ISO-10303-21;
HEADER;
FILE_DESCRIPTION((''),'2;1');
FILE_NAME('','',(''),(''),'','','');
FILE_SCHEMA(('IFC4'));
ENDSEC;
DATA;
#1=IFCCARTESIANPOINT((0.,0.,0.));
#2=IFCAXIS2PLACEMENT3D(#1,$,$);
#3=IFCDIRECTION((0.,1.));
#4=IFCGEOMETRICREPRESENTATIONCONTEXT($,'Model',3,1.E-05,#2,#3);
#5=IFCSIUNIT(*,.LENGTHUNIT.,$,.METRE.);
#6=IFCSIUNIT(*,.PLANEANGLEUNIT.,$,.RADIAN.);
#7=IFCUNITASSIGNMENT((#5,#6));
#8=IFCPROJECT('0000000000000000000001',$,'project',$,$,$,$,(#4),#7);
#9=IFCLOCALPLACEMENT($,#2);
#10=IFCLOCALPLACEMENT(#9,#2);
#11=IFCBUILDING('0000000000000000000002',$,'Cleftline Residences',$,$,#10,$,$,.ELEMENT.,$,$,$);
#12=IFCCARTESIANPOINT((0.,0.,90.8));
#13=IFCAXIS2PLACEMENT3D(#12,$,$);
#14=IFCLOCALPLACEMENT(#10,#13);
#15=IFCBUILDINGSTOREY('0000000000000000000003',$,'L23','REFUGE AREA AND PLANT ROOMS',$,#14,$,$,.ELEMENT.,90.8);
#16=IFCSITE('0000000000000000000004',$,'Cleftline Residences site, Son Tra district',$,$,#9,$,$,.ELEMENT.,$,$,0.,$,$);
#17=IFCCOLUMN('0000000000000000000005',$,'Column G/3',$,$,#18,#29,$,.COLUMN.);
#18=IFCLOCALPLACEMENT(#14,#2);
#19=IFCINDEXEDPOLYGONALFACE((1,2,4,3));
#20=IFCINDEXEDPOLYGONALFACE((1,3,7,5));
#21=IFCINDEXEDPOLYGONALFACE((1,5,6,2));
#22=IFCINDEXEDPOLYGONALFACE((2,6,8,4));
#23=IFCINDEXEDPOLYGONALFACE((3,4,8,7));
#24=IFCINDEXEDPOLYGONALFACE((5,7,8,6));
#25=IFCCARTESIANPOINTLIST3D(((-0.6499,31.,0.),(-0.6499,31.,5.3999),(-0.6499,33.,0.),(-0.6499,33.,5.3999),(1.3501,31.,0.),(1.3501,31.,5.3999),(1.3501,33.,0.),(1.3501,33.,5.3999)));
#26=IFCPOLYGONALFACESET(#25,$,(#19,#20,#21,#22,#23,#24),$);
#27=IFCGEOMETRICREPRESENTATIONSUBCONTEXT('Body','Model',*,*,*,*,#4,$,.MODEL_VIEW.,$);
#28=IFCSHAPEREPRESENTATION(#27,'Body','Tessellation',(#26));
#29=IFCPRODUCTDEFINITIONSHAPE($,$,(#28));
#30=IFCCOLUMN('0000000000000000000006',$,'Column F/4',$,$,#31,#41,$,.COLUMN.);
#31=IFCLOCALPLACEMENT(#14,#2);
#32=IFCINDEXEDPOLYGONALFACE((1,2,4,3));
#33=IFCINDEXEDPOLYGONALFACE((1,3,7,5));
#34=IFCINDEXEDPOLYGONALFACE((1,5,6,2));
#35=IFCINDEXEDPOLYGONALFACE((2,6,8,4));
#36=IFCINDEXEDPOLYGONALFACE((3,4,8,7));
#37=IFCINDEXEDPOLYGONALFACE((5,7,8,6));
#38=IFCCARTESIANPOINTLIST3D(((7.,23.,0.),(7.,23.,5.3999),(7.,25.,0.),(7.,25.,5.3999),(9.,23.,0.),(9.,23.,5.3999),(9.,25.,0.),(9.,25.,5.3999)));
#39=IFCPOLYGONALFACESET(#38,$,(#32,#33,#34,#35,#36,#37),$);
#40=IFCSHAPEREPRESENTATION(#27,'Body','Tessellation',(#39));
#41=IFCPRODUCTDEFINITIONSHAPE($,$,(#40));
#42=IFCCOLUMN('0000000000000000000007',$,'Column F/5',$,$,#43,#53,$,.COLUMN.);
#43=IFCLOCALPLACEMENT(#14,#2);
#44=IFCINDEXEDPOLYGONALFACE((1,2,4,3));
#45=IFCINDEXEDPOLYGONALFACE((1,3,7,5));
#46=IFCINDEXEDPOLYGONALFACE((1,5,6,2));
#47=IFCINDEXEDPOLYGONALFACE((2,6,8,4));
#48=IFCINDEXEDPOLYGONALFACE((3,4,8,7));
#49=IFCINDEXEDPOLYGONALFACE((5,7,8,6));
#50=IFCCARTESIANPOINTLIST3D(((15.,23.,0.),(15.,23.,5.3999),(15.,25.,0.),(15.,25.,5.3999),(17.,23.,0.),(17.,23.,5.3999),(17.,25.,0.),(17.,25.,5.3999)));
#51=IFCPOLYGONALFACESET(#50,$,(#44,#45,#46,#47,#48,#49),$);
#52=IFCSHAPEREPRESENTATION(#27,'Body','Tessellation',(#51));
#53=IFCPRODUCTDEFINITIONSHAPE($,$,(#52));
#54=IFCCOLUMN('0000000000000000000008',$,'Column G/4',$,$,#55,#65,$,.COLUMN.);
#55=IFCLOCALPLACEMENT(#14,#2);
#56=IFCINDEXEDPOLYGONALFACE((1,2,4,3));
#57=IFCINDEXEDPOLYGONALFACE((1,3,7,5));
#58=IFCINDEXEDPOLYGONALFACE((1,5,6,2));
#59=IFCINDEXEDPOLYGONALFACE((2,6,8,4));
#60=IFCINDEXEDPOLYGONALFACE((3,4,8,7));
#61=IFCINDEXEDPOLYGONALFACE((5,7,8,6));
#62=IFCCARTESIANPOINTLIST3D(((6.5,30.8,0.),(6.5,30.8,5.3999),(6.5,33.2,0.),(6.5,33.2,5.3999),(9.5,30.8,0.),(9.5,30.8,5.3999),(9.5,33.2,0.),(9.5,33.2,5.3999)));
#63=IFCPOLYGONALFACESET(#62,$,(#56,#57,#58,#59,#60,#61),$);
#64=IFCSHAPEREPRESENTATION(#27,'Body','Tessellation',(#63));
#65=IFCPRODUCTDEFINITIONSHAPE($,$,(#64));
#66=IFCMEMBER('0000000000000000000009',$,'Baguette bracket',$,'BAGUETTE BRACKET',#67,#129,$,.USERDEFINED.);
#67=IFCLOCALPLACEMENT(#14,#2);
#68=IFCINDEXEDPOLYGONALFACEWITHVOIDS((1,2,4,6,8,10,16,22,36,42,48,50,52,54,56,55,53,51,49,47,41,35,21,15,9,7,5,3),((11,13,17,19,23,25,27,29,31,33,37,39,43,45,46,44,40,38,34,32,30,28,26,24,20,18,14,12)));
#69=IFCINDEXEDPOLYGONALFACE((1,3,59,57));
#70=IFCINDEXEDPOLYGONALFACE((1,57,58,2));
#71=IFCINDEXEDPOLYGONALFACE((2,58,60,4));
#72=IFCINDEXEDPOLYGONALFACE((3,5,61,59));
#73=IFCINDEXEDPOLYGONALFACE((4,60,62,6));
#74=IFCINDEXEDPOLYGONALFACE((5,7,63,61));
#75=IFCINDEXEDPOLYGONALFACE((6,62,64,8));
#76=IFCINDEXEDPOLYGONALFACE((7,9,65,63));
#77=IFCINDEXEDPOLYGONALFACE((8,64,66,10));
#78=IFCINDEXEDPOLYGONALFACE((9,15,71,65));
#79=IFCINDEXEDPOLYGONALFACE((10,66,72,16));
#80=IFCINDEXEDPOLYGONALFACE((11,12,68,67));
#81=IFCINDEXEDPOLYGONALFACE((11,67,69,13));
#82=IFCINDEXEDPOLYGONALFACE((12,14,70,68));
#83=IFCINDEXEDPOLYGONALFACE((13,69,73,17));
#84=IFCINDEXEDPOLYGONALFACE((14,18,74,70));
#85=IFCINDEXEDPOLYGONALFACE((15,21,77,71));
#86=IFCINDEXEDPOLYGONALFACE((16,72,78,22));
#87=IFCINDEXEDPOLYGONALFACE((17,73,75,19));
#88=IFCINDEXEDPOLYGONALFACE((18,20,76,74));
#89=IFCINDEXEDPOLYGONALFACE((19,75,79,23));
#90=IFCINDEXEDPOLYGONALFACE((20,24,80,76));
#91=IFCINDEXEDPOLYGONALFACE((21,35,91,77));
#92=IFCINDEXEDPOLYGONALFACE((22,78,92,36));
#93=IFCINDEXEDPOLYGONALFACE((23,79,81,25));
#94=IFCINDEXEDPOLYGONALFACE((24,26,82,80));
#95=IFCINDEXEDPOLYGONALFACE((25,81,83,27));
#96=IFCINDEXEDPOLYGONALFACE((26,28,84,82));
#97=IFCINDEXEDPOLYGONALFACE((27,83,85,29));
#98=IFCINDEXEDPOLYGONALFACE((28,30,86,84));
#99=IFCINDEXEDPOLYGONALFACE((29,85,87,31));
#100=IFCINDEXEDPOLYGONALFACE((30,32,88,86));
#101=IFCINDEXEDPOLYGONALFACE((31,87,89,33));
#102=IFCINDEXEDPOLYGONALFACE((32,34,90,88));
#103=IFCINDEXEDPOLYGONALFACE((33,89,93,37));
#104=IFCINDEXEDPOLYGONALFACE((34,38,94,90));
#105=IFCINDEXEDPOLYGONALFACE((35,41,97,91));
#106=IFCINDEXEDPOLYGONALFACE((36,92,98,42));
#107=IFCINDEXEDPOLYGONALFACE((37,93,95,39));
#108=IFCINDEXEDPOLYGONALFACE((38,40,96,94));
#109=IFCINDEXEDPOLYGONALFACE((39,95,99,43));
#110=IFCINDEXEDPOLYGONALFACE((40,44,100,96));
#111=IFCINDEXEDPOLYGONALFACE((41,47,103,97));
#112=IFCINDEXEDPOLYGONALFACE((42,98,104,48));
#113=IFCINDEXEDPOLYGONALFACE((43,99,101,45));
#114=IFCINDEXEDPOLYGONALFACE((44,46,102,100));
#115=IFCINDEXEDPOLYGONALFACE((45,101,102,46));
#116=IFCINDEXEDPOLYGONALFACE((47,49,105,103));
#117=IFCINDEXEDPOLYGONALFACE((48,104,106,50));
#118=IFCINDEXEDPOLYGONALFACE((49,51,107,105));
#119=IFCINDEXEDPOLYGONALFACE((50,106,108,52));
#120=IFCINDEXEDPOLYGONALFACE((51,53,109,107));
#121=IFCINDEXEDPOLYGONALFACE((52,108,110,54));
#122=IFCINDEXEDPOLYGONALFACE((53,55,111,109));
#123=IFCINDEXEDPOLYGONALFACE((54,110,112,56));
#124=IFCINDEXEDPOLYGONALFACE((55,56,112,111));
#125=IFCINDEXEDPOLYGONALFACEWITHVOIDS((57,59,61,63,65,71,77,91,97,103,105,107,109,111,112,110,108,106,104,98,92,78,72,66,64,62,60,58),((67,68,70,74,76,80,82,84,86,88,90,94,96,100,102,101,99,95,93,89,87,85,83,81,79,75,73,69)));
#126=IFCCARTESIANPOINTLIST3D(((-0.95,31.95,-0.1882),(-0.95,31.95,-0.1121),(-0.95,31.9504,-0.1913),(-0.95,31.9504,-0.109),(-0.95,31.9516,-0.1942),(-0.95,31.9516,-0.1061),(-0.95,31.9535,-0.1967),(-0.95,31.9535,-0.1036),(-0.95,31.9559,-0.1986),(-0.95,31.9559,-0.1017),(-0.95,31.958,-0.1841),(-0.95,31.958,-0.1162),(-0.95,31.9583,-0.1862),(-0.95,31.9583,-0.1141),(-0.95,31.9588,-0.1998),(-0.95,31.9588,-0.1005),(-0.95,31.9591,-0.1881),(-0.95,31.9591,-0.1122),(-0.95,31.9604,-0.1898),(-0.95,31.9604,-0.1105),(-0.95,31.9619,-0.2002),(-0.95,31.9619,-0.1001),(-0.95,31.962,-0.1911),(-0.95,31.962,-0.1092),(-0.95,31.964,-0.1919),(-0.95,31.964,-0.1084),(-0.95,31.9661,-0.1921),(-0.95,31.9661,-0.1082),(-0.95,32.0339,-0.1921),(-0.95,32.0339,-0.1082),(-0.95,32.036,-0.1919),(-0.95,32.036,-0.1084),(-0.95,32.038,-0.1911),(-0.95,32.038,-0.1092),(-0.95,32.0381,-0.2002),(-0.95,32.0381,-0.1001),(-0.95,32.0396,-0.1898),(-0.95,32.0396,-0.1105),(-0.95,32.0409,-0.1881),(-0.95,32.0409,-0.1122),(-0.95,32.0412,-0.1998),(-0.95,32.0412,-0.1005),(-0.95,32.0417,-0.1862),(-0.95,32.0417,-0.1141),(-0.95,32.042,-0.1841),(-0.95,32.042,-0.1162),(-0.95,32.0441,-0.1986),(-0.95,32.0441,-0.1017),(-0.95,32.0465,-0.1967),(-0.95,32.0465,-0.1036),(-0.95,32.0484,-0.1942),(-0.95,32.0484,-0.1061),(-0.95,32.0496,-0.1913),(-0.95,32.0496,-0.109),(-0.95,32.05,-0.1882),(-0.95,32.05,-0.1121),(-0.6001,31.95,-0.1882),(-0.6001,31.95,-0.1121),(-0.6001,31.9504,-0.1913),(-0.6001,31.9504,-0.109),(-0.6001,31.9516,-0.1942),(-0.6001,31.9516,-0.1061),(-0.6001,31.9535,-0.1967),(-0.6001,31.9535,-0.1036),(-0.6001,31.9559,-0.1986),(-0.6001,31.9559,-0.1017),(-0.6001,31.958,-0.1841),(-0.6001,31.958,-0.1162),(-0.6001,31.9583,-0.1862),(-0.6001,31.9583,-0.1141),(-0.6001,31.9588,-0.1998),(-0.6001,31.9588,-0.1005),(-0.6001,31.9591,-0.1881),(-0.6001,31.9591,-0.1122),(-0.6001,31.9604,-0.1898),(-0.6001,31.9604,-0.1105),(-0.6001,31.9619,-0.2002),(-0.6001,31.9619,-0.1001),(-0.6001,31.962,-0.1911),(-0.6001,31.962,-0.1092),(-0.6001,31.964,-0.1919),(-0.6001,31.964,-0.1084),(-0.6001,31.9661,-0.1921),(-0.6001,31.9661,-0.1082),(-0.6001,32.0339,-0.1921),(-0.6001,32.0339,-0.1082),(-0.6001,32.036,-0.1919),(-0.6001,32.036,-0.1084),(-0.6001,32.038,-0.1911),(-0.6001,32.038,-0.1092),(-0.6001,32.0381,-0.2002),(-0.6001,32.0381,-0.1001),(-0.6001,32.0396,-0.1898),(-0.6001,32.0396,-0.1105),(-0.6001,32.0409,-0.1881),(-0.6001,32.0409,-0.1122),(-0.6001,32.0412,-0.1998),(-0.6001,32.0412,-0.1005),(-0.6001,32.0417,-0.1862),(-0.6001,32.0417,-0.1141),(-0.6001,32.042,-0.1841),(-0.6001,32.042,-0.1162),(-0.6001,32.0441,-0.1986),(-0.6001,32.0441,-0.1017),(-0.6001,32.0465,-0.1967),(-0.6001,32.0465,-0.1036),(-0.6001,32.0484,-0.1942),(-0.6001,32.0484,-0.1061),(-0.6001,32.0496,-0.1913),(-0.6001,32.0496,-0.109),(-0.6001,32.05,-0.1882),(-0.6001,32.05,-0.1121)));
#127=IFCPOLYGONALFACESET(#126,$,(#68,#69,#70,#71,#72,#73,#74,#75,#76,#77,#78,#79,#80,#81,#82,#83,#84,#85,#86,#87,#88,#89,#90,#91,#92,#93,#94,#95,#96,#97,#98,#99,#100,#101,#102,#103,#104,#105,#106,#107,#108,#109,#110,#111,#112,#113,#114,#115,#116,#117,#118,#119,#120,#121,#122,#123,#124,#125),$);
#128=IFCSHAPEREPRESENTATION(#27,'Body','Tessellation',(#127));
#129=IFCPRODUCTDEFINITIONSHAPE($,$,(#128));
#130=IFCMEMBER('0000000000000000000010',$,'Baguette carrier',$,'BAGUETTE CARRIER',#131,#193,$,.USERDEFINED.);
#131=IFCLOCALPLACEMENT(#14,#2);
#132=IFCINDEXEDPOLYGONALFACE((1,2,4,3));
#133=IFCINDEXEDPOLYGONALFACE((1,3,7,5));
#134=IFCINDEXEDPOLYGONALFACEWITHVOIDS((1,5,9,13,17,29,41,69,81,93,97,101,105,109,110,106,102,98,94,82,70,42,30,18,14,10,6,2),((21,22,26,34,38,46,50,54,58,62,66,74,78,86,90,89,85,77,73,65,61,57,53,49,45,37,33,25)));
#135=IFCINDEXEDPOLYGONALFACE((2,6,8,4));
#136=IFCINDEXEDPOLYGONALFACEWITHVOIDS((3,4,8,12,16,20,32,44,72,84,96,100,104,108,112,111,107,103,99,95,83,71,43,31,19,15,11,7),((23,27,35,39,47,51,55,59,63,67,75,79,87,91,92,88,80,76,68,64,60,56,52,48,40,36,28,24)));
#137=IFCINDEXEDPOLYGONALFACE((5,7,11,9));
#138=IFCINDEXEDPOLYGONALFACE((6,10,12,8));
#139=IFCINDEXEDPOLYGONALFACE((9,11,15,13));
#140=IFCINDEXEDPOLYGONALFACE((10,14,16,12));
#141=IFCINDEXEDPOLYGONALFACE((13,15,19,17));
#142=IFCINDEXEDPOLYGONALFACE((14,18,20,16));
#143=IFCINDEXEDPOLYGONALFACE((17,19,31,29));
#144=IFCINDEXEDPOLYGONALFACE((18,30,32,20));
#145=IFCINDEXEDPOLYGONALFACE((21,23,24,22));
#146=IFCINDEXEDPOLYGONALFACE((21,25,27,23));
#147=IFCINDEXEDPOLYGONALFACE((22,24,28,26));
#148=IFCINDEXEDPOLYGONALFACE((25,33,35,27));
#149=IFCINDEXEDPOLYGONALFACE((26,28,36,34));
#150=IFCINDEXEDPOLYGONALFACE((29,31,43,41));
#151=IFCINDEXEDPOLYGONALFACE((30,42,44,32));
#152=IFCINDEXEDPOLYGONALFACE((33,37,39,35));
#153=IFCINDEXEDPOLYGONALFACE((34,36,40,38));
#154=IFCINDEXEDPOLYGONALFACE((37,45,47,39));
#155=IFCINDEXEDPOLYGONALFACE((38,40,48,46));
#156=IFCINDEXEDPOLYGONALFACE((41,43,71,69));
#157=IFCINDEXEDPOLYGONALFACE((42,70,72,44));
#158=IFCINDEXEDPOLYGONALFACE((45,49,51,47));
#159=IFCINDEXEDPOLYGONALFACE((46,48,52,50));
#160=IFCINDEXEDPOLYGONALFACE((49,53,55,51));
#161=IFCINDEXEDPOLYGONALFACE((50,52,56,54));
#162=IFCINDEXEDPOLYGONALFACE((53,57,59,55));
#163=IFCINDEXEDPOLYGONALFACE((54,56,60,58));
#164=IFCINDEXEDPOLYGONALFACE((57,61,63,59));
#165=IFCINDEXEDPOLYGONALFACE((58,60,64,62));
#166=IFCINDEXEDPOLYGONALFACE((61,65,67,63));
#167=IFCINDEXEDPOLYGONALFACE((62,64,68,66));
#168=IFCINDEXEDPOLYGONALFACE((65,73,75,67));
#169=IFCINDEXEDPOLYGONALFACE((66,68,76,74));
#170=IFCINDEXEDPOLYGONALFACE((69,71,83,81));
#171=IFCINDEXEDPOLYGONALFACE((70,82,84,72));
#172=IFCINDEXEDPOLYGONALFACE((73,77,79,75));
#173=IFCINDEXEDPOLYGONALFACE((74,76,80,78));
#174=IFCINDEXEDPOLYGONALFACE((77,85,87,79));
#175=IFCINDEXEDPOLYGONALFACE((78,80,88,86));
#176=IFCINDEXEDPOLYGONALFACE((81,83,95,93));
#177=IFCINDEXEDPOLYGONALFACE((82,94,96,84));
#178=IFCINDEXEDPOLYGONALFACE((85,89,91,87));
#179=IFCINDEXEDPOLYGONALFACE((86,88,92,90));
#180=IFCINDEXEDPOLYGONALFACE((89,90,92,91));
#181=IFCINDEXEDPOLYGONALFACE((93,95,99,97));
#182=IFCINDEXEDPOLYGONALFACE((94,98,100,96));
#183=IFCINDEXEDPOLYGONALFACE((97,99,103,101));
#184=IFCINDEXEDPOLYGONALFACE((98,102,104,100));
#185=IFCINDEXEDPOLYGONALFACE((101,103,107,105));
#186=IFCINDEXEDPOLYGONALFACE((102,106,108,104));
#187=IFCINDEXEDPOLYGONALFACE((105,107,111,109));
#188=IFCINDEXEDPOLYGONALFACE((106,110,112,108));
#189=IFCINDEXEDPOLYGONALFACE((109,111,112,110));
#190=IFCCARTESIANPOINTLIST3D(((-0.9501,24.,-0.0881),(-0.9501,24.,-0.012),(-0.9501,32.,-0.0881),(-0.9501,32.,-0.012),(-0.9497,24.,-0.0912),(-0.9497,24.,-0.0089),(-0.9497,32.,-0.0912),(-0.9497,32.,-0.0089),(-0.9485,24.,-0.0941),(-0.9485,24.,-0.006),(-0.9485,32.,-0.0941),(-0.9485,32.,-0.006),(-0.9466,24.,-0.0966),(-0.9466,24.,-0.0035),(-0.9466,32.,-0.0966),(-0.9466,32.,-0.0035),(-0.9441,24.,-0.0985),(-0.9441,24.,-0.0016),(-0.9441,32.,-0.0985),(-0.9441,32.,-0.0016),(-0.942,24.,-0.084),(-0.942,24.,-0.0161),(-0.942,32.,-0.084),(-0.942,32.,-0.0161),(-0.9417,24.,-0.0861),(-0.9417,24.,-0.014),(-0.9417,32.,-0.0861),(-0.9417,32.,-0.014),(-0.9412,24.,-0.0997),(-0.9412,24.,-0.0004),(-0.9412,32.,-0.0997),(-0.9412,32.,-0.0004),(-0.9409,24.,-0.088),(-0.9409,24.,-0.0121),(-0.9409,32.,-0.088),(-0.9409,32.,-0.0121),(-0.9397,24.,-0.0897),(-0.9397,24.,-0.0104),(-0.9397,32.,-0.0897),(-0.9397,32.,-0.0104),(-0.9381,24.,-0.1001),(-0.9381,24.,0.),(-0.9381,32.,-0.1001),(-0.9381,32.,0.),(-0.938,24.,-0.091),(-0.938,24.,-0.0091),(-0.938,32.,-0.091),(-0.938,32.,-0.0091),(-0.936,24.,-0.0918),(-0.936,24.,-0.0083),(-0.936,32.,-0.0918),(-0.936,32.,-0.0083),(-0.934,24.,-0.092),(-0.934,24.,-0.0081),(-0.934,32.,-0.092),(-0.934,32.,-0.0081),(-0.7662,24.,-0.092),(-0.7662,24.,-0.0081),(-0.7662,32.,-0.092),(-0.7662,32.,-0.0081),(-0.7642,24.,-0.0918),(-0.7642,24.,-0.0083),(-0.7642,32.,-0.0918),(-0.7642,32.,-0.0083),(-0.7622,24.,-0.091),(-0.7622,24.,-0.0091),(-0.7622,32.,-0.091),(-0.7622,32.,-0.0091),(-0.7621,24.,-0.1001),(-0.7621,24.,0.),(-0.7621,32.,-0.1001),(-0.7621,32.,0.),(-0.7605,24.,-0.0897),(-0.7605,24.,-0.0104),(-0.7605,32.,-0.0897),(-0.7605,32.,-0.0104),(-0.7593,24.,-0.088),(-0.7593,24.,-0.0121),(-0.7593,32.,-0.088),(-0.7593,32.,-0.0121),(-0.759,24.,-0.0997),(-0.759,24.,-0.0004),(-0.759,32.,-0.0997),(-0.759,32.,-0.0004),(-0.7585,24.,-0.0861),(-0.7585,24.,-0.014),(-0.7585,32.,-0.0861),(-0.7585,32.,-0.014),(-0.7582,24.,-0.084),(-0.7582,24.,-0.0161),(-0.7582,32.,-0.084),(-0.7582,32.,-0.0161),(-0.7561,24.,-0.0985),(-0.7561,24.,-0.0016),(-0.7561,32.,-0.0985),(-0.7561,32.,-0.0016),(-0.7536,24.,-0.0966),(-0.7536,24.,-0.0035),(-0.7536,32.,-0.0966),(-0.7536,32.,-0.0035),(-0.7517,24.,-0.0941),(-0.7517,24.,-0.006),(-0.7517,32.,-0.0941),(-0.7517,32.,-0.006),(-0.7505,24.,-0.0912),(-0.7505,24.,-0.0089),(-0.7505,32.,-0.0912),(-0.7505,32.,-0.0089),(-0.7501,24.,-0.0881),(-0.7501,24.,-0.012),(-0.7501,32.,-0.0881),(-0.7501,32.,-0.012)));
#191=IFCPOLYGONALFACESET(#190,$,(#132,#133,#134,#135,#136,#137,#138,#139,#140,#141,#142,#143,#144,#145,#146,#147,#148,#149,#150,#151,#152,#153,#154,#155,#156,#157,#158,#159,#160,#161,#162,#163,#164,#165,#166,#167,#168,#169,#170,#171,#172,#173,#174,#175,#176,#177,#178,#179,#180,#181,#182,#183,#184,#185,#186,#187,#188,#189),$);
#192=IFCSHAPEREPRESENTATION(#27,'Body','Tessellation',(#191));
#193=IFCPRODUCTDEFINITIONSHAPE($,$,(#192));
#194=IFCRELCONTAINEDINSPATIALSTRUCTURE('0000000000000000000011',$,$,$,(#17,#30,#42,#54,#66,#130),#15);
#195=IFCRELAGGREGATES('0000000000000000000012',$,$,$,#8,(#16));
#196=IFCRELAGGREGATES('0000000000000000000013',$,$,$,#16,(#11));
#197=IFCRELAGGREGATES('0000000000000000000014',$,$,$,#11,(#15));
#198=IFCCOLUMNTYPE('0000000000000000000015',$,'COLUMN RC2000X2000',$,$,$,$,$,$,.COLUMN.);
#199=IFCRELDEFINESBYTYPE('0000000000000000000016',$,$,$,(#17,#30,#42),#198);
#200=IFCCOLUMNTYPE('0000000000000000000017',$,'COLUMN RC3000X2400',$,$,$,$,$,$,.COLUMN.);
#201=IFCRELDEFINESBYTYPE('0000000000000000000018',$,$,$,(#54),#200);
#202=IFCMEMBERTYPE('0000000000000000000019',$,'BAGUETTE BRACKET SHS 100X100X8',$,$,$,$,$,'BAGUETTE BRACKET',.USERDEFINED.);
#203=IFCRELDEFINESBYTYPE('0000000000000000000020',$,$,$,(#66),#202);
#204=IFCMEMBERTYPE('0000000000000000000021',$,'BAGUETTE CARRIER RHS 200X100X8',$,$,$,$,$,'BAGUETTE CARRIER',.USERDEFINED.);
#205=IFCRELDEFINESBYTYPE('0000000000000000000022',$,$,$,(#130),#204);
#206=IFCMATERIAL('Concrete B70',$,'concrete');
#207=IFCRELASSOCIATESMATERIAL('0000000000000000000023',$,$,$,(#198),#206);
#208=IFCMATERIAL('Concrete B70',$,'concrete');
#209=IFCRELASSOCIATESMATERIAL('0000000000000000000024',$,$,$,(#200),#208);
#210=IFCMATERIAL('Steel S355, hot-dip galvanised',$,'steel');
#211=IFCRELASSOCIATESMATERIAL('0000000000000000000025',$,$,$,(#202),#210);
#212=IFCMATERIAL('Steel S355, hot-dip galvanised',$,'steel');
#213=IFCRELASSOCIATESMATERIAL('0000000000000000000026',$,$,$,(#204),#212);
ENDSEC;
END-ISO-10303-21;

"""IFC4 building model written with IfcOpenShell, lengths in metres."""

from ifc_helpers import new_model, si_unit, direction, frame, origin, origin_2d, place, context, subcontext, project, spatial, rectangle, hollow_rectangle, extrude, material, material_profile, profile_set, type_object, element, save


model = new_model("IFC4")

# Units and contexts
model_context = context("Model", 3, precision=1e-05, world=origin(), true_north=direction((0.0, 1.0)))
body_context = subcontext(model_context, "Body", "Model", "MODEL_VIEW")
ifc_project = project(units=[si_unit("LENGTHUNIT", "METRE"), si_unit("PLANEANGLEUNIT", "RADIAN")], contexts=[model_context])

# Site, building, storey
site_placement = place(None, origin())
site = spatial("IfcSite", under=ifc_project, at=site_placement, Name="Cleftline Residences site, Son Tra district", CompositionType="ELEMENT", RefElevation=0.0)
building_placement = place(site_placement, origin())
building = spatial("IfcBuilding", under=site, at=building_placement, Name="Cleftline Residences", CompositionType="ELEMENT")
storey_placement = place(building_placement, frame((0.0, 0.0, 90.8)))
storey = spatial("IfcBuildingStorey", under=building, at=storey_placement, Name="L23", Description="REFUGE AREA AND PLANT ROOMS", CompositionType="ELEMENT", Elevation=90.8)

# Columns
ifc_material_1 = material(Name="Concrete B70", Category="concrete")
ifc_material_profile_1 = material_profile(ifc_material_1, rectangle(XDim=2.0, YDim=2.0, at=origin_2d()))
ifc_profile_set_1 = profile_set([ifc_material_profile_1], Name="Concrete B70")
column_type_1 = type_object("IfcColumnType", Name="COLUMN RC2000X2000", PredefinedType="COLUMN", material=ifc_profile_set_1)
for number, where, z_axis, x_axis, name in (
    (1, (0.3501, 32.0, 0.0), (0.0, 0.0, 1.0), (1.0, 0.0, 0.0), "Column G/3"),
    (2, (8.0, 24.0, 0.0), (0.0, 0.0, 1.0), (1.0, 0.0, 0.0), "Column F/4"),
    (3, (16.0, 24.0, 0.0), (0.0, 0.0, 1.0), (1.0, 0.0, 0.0), "Column F/5"),
):
    element("IfcColumn", number, at=place(storey_placement, frame(where, z_axis=z_axis, x_axis=x_axis)), inside=storey, type_object=column_type_1, Name=name, PredefinedType="COLUMN", context=body_context, shape_type="SweptSolid", body=[
        extrude(rectangle(XDim=2.0, YDim=2.0, at=origin_2d()), origin(), (0.0, 0.0, 1.0), 5.3999),
    ])
ifc_material_2 = material(Name="Concrete B70", Category="concrete")
ifc_material_profile_2 = material_profile(ifc_material_2, rectangle(XDim=3.0, YDim=2.3999, at=origin_2d()))
ifc_profile_set_2 = profile_set([ifc_material_profile_2], Name="Concrete B70")
column_type_2 = type_object("IfcColumnType", Name="COLUMN RC3000X2400", PredefinedType="COLUMN", material=ifc_profile_set_2)
column_placement = place(storey_placement, frame((8.0, 32.0, 0.0), z_axis=(0.0, 0.0, 1.0), x_axis=(1.0, 0.0, 0.0)))
element("IfcColumn", 4, at=column_placement, inside=storey, type_object=column_type_2, Name="Column G/4", PredefinedType="COLUMN", context=body_context, shape_type="SweptSolid", body=[
    extrude(rectangle(XDim=3.0, YDim=2.3999, at=origin_2d()), origin(), (0.0, 0.0, 1.0), 5.3999),
])

# Members
ifc_material_3 = material(Name="Steel S355, hot-dip galvanised", Category="steel")
ifc_material_profile_3 = material_profile(ifc_material_3, hollow_rectangle(XDim=0.1001, YDim=0.1001, WallThickness=0.0081, InnerFilletRadius=0.0081, OuterFilletRadius=0.012, at=origin_2d()))
ifc_profile_set_3 = profile_set([ifc_material_profile_3], Name="Steel S355, hot-dip galvanised")
member_type_1 = type_object("IfcMemberType", Name="BAGUETTE BRACKET SHS 100X100X8", ElementType="BAGUETTE BRACKET", PredefinedType="USERDEFINED", material=ifc_profile_set_3)
member_1_placement = place(storey_placement, frame((-0.6001, 32.0, -0.1501), z_axis=(-1.0, 0.0, 0.0), x_axis=(0.0, -1.0, 0.0)))
element("IfcMember", 5, at=member_1_placement, inside=storey, type_object=member_type_1, Name="Baguette bracket", ObjectType="BAGUETTE BRACKET", PredefinedType="USERDEFINED", context=body_context, shape_type="SweptSolid", body=[
    extrude(hollow_rectangle(XDim=0.1001, YDim=0.1001, WallThickness=0.0081, InnerFilletRadius=0.0081, OuterFilletRadius=0.012, at=origin_2d()), origin(), (0.0, 0.0, 1.0), 0.3499),
])
ifc_material_4 = material(Name="Steel S355, hot-dip galvanised", Category="steel")
ifc_material_profile_4 = material_profile(ifc_material_4, hollow_rectangle(XDim=0.1001, YDim=0.2, WallThickness=0.0081, InnerFilletRadius=0.0081, OuterFilletRadius=0.012, at=origin_2d()))
ifc_profile_set_4 = profile_set([ifc_material_profile_4], Name="Steel S355, hot-dip galvanised")
member_type_2 = type_object("IfcMemberType", Name="BAGUETTE CARRIER RHS 200X100X8", ElementType="BAGUETTE CARRIER", PredefinedType="USERDEFINED", material=ifc_profile_set_4)
member_2_placement = place(storey_placement, frame((-0.8501, 32.0, -0.05), z_axis=(0.0, -1.0, 0.0), x_axis=(0.0, 0.0, 1.0)))
element("IfcMember", 6, at=member_2_placement, inside=storey, type_object=member_type_2, Name="Baguette carrier", ObjectType="BAGUETTE CARRIER", PredefinedType="USERDEFINED", context=body_context, shape_type="SweptSolid", body=[
    extrude(hollow_rectangle(XDim=0.1001, YDim=0.2, WallThickness=0.0081, InnerFilletRadius=0.0081, OuterFilletRadius=0.012, at=origin_2d()), origin(), (0.0, 0.0, 1.0), 8.0),
])

save(model, "model.ifc")
